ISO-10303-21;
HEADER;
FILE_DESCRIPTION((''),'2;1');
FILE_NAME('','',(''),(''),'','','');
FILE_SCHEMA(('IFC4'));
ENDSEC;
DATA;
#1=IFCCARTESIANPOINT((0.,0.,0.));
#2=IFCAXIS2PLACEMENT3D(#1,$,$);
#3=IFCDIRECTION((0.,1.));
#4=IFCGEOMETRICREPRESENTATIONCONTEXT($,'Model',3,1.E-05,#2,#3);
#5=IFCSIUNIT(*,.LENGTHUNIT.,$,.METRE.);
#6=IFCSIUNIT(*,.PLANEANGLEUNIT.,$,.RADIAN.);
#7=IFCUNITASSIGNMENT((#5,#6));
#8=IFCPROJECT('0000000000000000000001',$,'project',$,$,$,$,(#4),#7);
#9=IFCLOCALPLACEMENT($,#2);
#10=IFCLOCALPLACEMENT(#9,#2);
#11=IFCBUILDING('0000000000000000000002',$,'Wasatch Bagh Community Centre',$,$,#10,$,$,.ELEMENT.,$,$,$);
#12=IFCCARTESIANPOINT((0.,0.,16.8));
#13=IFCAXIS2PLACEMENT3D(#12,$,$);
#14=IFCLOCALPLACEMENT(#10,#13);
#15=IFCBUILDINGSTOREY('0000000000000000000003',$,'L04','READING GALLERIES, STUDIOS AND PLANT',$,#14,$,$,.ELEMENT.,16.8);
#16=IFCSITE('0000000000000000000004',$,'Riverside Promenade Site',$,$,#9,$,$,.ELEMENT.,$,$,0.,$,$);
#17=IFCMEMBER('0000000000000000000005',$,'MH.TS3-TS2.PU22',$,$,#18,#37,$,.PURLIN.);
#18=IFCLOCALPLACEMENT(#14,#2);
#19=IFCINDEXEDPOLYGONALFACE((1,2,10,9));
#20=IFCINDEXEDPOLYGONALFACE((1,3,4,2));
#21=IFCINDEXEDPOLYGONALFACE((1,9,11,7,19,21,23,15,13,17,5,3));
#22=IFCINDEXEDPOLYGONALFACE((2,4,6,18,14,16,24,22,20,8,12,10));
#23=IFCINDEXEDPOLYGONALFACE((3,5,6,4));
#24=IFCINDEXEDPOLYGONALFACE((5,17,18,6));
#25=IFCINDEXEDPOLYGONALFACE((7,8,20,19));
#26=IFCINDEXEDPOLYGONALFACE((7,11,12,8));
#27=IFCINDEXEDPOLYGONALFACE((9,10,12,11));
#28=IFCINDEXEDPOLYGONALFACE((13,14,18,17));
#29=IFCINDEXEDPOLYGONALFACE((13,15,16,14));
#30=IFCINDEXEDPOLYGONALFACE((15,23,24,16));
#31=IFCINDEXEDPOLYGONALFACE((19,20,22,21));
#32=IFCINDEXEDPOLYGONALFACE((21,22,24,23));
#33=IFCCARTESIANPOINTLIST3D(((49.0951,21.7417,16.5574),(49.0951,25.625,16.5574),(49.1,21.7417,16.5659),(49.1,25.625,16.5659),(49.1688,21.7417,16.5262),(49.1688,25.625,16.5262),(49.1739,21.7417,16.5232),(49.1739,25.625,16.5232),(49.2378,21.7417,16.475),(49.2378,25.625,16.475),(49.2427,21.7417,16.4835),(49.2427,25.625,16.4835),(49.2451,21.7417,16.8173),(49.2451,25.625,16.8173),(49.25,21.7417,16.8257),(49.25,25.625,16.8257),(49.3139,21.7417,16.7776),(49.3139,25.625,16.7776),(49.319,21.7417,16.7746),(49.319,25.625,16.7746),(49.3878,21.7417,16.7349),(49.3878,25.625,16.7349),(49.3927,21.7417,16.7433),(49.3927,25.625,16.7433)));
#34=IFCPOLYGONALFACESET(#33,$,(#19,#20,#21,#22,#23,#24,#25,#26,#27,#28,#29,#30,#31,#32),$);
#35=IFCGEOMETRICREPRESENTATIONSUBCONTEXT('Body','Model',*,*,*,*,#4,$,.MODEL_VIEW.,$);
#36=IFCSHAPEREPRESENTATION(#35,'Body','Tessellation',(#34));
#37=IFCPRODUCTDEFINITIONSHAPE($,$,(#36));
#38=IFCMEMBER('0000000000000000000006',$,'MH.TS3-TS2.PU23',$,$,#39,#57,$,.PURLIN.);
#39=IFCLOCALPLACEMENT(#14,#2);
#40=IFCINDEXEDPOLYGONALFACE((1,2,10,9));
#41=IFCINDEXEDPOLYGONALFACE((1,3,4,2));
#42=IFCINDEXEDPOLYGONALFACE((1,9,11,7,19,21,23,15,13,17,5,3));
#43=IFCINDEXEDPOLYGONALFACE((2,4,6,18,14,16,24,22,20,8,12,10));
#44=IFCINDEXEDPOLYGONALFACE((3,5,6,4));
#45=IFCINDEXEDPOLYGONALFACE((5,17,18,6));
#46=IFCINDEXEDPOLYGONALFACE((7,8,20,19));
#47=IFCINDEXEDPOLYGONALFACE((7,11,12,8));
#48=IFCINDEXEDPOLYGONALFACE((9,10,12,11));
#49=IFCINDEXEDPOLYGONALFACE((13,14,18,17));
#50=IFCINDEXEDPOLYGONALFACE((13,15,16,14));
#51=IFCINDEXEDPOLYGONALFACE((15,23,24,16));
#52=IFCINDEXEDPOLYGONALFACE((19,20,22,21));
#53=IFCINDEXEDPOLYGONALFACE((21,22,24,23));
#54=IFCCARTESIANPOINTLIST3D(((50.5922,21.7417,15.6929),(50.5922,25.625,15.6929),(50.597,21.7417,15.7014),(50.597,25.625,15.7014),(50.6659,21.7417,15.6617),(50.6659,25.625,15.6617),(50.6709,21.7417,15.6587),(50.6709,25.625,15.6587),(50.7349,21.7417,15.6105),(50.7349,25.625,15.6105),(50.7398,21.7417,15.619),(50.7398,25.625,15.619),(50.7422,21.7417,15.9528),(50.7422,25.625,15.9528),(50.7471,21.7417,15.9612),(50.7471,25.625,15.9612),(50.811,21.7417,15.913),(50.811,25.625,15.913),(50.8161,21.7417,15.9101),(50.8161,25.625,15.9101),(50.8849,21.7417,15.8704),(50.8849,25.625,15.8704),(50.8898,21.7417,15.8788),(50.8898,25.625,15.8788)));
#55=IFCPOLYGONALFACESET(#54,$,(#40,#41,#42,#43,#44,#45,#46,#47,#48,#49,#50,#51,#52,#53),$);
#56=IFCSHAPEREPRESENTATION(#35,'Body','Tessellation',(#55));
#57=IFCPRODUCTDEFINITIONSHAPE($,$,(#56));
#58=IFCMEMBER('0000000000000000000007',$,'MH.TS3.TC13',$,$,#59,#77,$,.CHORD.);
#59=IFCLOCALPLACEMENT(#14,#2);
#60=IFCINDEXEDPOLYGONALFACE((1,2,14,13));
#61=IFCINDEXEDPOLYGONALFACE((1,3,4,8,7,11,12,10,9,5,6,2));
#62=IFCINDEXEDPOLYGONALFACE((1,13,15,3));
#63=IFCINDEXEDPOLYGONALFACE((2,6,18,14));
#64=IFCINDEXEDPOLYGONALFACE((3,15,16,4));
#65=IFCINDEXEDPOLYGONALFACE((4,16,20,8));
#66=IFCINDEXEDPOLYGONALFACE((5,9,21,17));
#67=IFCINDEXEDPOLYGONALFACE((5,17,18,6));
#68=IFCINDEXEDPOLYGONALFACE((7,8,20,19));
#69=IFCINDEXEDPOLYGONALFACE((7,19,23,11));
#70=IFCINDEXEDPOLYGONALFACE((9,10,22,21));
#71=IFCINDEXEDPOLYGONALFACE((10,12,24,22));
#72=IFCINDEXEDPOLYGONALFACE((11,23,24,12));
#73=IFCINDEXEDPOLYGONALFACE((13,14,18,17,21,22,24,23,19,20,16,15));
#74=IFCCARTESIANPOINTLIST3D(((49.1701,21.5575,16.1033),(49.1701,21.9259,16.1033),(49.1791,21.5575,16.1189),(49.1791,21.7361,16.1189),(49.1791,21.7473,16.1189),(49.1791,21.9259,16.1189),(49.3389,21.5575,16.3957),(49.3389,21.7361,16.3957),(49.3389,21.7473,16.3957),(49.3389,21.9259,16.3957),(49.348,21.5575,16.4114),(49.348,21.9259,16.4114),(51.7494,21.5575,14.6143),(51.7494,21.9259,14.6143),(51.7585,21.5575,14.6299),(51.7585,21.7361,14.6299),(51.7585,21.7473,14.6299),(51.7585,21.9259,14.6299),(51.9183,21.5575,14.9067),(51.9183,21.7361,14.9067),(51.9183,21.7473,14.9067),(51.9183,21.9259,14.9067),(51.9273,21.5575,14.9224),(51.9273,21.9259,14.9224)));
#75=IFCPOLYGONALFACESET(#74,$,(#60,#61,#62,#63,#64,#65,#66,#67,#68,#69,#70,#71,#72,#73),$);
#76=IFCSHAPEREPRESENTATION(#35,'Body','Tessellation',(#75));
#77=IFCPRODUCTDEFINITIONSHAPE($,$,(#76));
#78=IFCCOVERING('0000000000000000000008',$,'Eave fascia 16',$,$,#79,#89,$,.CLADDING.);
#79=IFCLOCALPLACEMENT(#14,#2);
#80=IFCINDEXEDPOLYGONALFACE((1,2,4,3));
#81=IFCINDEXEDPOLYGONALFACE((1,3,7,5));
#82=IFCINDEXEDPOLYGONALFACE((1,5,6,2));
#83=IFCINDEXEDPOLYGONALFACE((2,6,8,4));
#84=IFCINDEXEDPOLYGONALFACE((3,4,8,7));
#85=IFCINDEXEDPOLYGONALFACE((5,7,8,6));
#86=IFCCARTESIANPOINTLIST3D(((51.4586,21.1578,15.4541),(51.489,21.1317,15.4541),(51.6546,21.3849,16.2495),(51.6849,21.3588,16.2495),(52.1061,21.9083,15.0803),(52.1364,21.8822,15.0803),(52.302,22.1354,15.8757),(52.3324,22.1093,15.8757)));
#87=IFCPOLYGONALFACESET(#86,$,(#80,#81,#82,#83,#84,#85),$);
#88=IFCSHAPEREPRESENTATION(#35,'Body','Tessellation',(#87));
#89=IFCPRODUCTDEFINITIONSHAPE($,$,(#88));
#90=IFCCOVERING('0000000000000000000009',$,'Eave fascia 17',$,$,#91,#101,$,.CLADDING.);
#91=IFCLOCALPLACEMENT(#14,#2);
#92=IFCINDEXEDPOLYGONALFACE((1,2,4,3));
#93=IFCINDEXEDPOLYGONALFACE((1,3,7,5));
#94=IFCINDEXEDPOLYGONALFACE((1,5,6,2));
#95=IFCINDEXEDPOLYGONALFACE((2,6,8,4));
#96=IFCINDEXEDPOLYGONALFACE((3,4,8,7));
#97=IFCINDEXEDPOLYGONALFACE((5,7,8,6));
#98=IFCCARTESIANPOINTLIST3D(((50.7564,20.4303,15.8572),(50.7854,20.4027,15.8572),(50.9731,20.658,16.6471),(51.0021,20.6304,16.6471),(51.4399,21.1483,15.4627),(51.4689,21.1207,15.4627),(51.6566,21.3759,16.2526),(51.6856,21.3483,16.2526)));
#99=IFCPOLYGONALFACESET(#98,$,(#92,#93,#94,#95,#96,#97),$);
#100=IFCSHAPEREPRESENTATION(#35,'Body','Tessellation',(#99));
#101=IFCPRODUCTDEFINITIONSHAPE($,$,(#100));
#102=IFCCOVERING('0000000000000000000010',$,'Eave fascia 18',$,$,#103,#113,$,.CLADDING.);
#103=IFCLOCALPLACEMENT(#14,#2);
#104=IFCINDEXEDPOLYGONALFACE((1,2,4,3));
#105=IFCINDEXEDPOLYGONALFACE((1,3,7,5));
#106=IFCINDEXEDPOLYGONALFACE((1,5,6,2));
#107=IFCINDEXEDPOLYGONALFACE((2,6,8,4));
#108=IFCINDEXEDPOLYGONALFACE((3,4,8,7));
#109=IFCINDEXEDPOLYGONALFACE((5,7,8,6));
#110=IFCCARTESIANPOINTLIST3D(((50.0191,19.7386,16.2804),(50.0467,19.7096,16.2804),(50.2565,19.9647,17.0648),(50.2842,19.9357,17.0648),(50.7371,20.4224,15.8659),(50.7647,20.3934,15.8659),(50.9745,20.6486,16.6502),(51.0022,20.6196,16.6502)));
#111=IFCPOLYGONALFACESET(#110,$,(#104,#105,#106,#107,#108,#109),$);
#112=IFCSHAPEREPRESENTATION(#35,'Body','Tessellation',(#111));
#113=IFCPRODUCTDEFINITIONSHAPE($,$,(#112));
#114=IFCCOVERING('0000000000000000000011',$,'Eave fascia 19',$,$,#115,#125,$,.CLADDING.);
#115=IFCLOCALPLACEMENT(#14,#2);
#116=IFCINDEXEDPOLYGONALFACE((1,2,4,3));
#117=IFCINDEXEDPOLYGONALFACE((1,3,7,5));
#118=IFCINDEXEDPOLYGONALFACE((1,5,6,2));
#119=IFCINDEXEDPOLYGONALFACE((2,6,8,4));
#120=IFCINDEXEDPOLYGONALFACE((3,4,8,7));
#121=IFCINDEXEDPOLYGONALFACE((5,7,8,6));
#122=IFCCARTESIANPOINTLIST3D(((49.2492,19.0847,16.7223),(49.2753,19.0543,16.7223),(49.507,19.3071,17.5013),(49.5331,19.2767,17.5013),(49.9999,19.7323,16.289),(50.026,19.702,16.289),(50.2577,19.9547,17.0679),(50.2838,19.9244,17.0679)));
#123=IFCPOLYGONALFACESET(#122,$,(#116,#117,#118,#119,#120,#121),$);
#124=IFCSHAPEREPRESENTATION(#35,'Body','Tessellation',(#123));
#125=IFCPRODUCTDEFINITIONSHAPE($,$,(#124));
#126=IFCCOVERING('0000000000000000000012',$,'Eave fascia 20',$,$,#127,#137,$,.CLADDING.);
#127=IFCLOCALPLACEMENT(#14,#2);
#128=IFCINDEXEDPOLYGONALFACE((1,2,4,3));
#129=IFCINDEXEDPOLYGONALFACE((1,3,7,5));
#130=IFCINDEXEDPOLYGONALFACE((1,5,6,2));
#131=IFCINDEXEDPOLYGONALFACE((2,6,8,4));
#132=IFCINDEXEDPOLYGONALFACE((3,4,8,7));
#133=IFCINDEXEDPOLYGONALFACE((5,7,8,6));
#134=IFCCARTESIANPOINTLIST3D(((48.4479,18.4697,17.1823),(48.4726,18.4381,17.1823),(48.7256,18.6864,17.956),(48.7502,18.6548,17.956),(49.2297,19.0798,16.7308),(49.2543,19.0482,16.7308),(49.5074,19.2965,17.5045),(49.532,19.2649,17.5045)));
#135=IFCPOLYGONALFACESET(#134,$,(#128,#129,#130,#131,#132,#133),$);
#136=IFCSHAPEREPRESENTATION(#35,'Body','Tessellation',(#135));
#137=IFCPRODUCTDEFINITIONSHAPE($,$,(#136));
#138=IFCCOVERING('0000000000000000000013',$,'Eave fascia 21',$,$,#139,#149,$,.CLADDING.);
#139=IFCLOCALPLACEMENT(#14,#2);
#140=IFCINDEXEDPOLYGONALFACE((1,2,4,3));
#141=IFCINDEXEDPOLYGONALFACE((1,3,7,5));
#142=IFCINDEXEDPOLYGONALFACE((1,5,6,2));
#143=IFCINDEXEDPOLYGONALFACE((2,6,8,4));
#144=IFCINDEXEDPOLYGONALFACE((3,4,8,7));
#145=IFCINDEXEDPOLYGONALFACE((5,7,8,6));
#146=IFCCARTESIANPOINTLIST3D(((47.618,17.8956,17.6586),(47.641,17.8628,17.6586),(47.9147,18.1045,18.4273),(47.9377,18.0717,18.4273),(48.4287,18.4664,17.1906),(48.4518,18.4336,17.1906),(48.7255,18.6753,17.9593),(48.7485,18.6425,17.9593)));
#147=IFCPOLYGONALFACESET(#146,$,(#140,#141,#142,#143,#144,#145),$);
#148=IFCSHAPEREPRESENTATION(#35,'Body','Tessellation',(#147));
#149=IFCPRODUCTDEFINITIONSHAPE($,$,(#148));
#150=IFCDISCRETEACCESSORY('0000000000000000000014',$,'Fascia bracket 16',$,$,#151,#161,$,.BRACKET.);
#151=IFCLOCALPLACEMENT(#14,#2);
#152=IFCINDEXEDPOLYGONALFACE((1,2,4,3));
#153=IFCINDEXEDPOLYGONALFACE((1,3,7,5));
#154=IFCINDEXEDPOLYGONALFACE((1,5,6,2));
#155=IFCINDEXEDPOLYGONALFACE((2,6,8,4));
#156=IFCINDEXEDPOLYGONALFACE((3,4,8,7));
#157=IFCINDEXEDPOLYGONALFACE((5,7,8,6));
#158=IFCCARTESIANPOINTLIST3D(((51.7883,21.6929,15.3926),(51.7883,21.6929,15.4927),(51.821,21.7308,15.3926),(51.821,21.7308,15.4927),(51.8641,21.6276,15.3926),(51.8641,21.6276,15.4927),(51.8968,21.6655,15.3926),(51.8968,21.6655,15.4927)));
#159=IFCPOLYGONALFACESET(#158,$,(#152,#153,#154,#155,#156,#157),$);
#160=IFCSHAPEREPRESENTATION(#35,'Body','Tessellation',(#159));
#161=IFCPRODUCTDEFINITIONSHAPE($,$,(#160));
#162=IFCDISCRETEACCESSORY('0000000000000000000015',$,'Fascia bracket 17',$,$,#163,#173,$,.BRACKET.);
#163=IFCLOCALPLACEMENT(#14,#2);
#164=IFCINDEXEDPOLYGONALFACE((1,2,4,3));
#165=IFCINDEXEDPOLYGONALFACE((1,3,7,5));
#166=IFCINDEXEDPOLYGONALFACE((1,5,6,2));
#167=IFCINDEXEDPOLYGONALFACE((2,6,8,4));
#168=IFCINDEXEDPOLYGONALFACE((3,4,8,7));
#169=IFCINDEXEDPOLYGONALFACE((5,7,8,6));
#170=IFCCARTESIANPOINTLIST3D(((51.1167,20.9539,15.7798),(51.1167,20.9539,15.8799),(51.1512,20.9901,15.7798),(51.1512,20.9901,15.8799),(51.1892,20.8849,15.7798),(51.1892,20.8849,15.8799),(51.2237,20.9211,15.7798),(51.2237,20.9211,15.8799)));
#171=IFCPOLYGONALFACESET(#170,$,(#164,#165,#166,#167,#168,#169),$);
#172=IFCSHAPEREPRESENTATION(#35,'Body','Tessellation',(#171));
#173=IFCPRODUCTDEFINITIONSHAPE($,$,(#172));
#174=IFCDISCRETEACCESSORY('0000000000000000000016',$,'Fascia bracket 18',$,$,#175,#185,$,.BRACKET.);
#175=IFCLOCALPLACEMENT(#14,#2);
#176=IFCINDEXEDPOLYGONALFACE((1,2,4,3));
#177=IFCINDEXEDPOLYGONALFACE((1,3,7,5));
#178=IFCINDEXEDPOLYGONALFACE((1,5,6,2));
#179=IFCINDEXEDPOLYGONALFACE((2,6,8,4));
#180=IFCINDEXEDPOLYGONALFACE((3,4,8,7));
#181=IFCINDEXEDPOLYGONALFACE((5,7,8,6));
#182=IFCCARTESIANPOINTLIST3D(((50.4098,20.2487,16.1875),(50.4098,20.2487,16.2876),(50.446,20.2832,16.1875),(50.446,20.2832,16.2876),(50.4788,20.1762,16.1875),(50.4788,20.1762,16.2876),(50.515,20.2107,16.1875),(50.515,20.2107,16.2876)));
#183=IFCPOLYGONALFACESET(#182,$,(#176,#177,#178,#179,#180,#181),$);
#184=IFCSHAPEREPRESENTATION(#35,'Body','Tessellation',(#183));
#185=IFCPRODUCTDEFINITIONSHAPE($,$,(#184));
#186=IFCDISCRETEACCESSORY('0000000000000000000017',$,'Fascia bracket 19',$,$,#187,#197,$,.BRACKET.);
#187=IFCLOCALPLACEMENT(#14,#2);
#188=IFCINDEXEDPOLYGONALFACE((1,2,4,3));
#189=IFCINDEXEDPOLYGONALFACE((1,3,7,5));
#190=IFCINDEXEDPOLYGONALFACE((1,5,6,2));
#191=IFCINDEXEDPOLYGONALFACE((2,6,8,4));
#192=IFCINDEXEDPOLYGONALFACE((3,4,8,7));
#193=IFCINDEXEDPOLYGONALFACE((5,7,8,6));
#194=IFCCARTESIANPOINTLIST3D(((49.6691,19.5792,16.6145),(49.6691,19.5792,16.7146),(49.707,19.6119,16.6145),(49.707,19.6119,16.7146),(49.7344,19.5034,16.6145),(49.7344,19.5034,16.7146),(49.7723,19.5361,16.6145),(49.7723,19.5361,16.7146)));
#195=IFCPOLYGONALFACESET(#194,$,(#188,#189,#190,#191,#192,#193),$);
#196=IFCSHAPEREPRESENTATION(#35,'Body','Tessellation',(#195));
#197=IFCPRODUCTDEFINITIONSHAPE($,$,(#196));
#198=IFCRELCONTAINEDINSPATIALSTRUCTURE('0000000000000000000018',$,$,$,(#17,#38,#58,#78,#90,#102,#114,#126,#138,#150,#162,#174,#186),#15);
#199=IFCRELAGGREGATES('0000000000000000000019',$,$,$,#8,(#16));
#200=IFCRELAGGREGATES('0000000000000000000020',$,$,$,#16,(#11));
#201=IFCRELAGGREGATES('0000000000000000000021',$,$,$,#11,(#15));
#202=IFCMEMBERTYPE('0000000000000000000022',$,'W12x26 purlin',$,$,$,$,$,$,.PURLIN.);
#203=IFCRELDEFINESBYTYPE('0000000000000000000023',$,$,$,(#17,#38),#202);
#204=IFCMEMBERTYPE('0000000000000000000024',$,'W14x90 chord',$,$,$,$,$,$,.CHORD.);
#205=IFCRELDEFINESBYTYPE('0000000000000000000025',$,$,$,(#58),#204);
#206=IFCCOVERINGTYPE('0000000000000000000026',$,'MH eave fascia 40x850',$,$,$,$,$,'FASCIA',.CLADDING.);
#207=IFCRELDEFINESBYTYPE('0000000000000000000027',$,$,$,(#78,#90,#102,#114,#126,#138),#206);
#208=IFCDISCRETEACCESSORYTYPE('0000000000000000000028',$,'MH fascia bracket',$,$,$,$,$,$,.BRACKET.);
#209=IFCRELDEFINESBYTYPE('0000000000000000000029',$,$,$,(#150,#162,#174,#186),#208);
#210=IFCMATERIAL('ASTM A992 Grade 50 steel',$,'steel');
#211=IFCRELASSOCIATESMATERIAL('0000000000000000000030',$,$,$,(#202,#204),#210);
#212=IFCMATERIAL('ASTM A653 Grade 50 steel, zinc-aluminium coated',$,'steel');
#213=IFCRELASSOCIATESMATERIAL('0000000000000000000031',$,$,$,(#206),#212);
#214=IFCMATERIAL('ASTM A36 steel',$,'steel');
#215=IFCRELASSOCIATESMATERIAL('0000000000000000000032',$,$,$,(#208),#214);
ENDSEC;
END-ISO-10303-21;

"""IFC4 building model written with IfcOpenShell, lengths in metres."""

from ifc_helpers import new_model, si_unit, direction, frame, origin, origin_2d, place, context, subcontext, project, spatial, rectangle, i_section, extrude, material, material_profile, profile_set, type_object, element, save


model = new_model("IFC4")

# Units and contexts
model_context = context("Model", 3, precision=1e-05, world=origin(), true_north=direction((0.0, 1.0)))
body_context = subcontext(model_context, "Body", "Model", "MODEL_VIEW")
ifc_project = project(units=[si_unit("LENGTHUNIT", "METRE"), si_unit("PLANEANGLEUNIT", "RADIAN")], contexts=[model_context])

# Site, building, storey
site_placement = place(None, origin())
site = spatial("IfcSite", under=ifc_project, at=site_placement, Name="Riverside Promenade Site", CompositionType="ELEMENT", RefElevation=0.0)
building_placement = place(site_placement, origin())
building = spatial("IfcBuilding", under=site, at=building_placement, Name="Wasatch Bagh Community Centre", CompositionType="ELEMENT")
storey_placement = place(building_placement, frame((0.0, 0.0, 16.8)))
storey = spatial("IfcBuildingStorey", under=building, at=storey_placement, Name="L04", Description="READING GALLERIES, STUDIOS AND PLANT", CompositionType="ELEMENT", Elevation=16.8)

# Members
ifc_material_1 = material(Name="ASTM A992 Grade 50 steel", Category="steel")
ifc_material_profile_1 = material_profile(ifc_material_1, i_section(OverallWidth=0.1648, OverallDepth=0.3098, WebThickness=0.0059, FlangeThickness=0.0098, at=origin_2d()), Name="W12x26")
ifc_profile_set_1 = profile_set([ifc_material_profile_1], Name="ASTM A992 Grade 50 steel")
member_type_1 = type_object("IfcMemberType", Name="W12x26 purlin", PredefinedType="PURLIN", material=ifc_profile_set_1)
for number, where, z_axis, x_axis, name in (
    (1, (49.2439, 21.7417, 16.6504), (0.0, 1.0, 0.0), (-0.866025, 0.0, 0.5), "MH.TS3-TS2.PU22"),
    (2, (50.741, 21.7417, 15.7859), (0.0, 1.0, 0.0), (-0.866025, 0.0, 0.5), "MH.TS3-TS2.PU23"),
):
    element("IfcMember", number, at=place(storey_placement, frame(where, z_axis=z_axis, x_axis=x_axis)), inside=storey, type_object=member_type_1, Name=name, PredefinedType="PURLIN", context=body_context, shape_type="SweptSolid", body=[
        extrude(i_section(OverallWidth=0.1648, OverallDepth=0.3098, WebThickness=0.0059, FlangeThickness=0.0098, at=origin_2d()), origin(), (0.0, 0.0, 1.0), 3.8833),
    ])
ifc_material_profile_2 = material_profile(ifc_material_1, i_section(OverallWidth=0.3684, OverallDepth=0.3557, WebThickness=0.0112, FlangeThickness=0.0181, at=origin_2d()), Name="W14x90")
ifc_profile_set_2 = profile_set([ifc_material_profile_2], Name="ASTM A992 Grade 50 steel")
member_type_2 = type_object("IfcMemberType", Name="W14x90 chord", PredefinedType="CHORD", material=ifc_profile_set_2)
member_placement = place(storey_placement, frame((49.259, 21.7417, 16.2573), z_axis=(0.86605, 0.0, -0.499957), x_axis=(0.0, 1.0, 0.0)))
element("IfcMember", 3, at=member_placement, inside=storey, type_object=member_type_2, Name="MH.TS3.TC13", PredefinedType="CHORD", context=body_context, shape_type="SweptSolid", body=[
    extrude(i_section(OverallWidth=0.3684, OverallDepth=0.3557, WebThickness=0.0112, FlangeThickness=0.0181, at=origin_2d()), origin(), (0.0, 0.0, 1.0), 2.9783),
])

# Coverings
ifc_material_2 = material(Name="ASTM A653 Grade 50 steel, zinc-aluminium coated", Category="steel")
ifc_material_profile_3 = material_profile(ifc_material_2, rectangle(XDim=0.04, YDim=0.8501, at=origin_2d()), Name="FASCIA 40x850")
ifc_profile_set_3 = profile_set([ifc_material_profile_3], Name="ASTM A653 Grade 50 steel, zinc-aluminium coated")
covering_type_1 = type_object("IfcCoveringType", Name="MH eave fascia 40x850", ElementType="FASCIA", PredefinedType="CLADDING", material=ifc_profile_set_3)
covering_1_placement = place(storey_placement, frame((52.2192, 22.0088, 15.478), z_axis=(-0.611207, -0.708465, 0.35285), x_axis=(0.757166, -0.653222, 0.0)))
element("IfcCovering", 4, at=covering_1_placement, inside=storey, type_object=covering_type_1, Name="Eave fascia 16", PredefinedType="CLADDING", context=body_context, shape_type="SweptSolid", body=[
    extrude(rectangle(XDim=0.04, YDim=0.8501, at=origin_2d()), origin(), (0.0, 0.0, 1.0), 1.0593),
])
covering_2_placement = place(storey_placement, frame((51.5627, 21.2483, 15.8577), z_axis=(-0.640665, -0.672927, 0.369755), x_axis=(0.724255, -0.689532, 0.0)))
element("IfcCovering", 5, at=covering_2_placement, inside=storey, type_object=covering_type_1, Name="Eave fascia 17", PredefinedType="CLADDING", context=body_context, shape_type="SweptSolid", body=[
    extrude(rectangle(XDim=0.04, YDim=0.8501, at=origin_2d()), origin(), (0.0, 0.0, 1.0), 1.0669),
])
covering_3_placement = place(storey_placement, frame((50.8696, 20.521, 16.2581), z_axis=(-0.668094, -0.63629, 0.385727), x_axis=(0.689661, -0.724132, 0.0)))
element("IfcCovering", 6, at=covering_3_placement, inside=storey, type_object=covering_type_1, Name="Eave fascia 18", PredefinedType="CLADDING", context=body_context, shape_type="SweptSolid", body=[
    extrude(rectangle(XDim=0.04, YDim=0.8501, at=origin_2d()), origin(), (0.0, 0.0, 1.0), 1.0747),
])
covering_4_placement = place(storey_placement, frame((50.1418, 19.8284, 16.6785), z_axis=(-0.693782, -0.59857, 0.400476), x_axis=(0.653242, -0.75715, 0.0)))
element("IfcCovering", 7, at=covering_4_placement, inside=storey, type_object=covering_type_1, Name="Eave fascia 19", PredefinedType="CLADDING", context=body_context, shape_type="SweptSolid", body=[
    extrude(rectangle(XDim=0.04, YDim=0.8501, at=origin_2d()), origin(), (0.0, 0.0, 1.0), 1.082),
])
covering_5_placement = place(storey_placement, frame((49.3809, 19.1724, 17.1177), z_axis=(-0.717486, -0.559962, 0.414314), x_axis=(0.615252, -0.78833, 0.0)))
element("IfcCovering", 8, at=covering_5_placement, inside=storey, type_object=covering_type_1, Name="Eave fascia 20", PredefinedType="CLADDING", context=body_context, shape_type="SweptSolid", body=[
    extrude(rectangle(XDim=0.04, YDim=0.8501, at=origin_2d()), origin(), (0.0, 0.0, 1.0), 1.0896),
])
covering_6_placement = place(storey_placement, frame((48.5886, 18.5544, 17.575), z_axis=(-0.739459, -0.520583, 0.426842), x_axis=(0.575658, -0.817691, 0.0)))
element("IfcCovering", 9, at=covering_6_placement, inside=storey, type_object=covering_type_1, Name="Eave fascia 21", PredefinedType="CLADDING", context=body_context, shape_type="SweptSolid", body=[
    extrude(rectangle(XDim=0.04, YDim=0.8501, at=origin_2d()), origin(), (0.0, 0.0, 1.0), 1.0964),
])

# Discrete accessories
ifc_material_3 = material(Name="ASTM A36 steel", Category="steel")
discrete_accessory_type_1 = type_object("IfcDiscreteAccessoryType", Name="MH fascia bracket", PredefinedType="BRACKET", material=ifc_material_3)
for number, where, z_axis, x_axis, name in (
    (10, (51.8425, 21.6792, 15.3926), (0.0, 0.0, 1.0), (0.757209, -0.653173, 0.0), "Fascia bracket 16"),
    (11, (51.1702, 20.9375, 15.7798), (0.0, 0.0, 1.0), (0.724247, -0.689541, 0.0), "Fascia bracket 17"),
    (12, (50.4624, 20.2297, 16.1875), (0.0, 0.0, 1.0), (0.689541, -0.724247, 0.0), "Fascia bracket 18"),
    (13, (49.7207, 19.5576, 16.6145), (0.0, 0.0, 1.0), (0.653173, -0.757209, 0.0), "Fascia bracket 19"),
):
    element("IfcDiscreteAccessory", number, at=place(storey_placement, frame(where, z_axis=z_axis, x_axis=x_axis)), inside=storey, type_object=discrete_accessory_type_1, Name=name, PredefinedType="BRACKET", context=body_context, shape_type="SweptSolid", body=[
        extrude(rectangle(XDim=0.1001, YDim=0.05, at=origin_2d()), origin(), (0.0, 0.0, 1.0), 0.1001),
    ])

save(model, "model.ifc")
